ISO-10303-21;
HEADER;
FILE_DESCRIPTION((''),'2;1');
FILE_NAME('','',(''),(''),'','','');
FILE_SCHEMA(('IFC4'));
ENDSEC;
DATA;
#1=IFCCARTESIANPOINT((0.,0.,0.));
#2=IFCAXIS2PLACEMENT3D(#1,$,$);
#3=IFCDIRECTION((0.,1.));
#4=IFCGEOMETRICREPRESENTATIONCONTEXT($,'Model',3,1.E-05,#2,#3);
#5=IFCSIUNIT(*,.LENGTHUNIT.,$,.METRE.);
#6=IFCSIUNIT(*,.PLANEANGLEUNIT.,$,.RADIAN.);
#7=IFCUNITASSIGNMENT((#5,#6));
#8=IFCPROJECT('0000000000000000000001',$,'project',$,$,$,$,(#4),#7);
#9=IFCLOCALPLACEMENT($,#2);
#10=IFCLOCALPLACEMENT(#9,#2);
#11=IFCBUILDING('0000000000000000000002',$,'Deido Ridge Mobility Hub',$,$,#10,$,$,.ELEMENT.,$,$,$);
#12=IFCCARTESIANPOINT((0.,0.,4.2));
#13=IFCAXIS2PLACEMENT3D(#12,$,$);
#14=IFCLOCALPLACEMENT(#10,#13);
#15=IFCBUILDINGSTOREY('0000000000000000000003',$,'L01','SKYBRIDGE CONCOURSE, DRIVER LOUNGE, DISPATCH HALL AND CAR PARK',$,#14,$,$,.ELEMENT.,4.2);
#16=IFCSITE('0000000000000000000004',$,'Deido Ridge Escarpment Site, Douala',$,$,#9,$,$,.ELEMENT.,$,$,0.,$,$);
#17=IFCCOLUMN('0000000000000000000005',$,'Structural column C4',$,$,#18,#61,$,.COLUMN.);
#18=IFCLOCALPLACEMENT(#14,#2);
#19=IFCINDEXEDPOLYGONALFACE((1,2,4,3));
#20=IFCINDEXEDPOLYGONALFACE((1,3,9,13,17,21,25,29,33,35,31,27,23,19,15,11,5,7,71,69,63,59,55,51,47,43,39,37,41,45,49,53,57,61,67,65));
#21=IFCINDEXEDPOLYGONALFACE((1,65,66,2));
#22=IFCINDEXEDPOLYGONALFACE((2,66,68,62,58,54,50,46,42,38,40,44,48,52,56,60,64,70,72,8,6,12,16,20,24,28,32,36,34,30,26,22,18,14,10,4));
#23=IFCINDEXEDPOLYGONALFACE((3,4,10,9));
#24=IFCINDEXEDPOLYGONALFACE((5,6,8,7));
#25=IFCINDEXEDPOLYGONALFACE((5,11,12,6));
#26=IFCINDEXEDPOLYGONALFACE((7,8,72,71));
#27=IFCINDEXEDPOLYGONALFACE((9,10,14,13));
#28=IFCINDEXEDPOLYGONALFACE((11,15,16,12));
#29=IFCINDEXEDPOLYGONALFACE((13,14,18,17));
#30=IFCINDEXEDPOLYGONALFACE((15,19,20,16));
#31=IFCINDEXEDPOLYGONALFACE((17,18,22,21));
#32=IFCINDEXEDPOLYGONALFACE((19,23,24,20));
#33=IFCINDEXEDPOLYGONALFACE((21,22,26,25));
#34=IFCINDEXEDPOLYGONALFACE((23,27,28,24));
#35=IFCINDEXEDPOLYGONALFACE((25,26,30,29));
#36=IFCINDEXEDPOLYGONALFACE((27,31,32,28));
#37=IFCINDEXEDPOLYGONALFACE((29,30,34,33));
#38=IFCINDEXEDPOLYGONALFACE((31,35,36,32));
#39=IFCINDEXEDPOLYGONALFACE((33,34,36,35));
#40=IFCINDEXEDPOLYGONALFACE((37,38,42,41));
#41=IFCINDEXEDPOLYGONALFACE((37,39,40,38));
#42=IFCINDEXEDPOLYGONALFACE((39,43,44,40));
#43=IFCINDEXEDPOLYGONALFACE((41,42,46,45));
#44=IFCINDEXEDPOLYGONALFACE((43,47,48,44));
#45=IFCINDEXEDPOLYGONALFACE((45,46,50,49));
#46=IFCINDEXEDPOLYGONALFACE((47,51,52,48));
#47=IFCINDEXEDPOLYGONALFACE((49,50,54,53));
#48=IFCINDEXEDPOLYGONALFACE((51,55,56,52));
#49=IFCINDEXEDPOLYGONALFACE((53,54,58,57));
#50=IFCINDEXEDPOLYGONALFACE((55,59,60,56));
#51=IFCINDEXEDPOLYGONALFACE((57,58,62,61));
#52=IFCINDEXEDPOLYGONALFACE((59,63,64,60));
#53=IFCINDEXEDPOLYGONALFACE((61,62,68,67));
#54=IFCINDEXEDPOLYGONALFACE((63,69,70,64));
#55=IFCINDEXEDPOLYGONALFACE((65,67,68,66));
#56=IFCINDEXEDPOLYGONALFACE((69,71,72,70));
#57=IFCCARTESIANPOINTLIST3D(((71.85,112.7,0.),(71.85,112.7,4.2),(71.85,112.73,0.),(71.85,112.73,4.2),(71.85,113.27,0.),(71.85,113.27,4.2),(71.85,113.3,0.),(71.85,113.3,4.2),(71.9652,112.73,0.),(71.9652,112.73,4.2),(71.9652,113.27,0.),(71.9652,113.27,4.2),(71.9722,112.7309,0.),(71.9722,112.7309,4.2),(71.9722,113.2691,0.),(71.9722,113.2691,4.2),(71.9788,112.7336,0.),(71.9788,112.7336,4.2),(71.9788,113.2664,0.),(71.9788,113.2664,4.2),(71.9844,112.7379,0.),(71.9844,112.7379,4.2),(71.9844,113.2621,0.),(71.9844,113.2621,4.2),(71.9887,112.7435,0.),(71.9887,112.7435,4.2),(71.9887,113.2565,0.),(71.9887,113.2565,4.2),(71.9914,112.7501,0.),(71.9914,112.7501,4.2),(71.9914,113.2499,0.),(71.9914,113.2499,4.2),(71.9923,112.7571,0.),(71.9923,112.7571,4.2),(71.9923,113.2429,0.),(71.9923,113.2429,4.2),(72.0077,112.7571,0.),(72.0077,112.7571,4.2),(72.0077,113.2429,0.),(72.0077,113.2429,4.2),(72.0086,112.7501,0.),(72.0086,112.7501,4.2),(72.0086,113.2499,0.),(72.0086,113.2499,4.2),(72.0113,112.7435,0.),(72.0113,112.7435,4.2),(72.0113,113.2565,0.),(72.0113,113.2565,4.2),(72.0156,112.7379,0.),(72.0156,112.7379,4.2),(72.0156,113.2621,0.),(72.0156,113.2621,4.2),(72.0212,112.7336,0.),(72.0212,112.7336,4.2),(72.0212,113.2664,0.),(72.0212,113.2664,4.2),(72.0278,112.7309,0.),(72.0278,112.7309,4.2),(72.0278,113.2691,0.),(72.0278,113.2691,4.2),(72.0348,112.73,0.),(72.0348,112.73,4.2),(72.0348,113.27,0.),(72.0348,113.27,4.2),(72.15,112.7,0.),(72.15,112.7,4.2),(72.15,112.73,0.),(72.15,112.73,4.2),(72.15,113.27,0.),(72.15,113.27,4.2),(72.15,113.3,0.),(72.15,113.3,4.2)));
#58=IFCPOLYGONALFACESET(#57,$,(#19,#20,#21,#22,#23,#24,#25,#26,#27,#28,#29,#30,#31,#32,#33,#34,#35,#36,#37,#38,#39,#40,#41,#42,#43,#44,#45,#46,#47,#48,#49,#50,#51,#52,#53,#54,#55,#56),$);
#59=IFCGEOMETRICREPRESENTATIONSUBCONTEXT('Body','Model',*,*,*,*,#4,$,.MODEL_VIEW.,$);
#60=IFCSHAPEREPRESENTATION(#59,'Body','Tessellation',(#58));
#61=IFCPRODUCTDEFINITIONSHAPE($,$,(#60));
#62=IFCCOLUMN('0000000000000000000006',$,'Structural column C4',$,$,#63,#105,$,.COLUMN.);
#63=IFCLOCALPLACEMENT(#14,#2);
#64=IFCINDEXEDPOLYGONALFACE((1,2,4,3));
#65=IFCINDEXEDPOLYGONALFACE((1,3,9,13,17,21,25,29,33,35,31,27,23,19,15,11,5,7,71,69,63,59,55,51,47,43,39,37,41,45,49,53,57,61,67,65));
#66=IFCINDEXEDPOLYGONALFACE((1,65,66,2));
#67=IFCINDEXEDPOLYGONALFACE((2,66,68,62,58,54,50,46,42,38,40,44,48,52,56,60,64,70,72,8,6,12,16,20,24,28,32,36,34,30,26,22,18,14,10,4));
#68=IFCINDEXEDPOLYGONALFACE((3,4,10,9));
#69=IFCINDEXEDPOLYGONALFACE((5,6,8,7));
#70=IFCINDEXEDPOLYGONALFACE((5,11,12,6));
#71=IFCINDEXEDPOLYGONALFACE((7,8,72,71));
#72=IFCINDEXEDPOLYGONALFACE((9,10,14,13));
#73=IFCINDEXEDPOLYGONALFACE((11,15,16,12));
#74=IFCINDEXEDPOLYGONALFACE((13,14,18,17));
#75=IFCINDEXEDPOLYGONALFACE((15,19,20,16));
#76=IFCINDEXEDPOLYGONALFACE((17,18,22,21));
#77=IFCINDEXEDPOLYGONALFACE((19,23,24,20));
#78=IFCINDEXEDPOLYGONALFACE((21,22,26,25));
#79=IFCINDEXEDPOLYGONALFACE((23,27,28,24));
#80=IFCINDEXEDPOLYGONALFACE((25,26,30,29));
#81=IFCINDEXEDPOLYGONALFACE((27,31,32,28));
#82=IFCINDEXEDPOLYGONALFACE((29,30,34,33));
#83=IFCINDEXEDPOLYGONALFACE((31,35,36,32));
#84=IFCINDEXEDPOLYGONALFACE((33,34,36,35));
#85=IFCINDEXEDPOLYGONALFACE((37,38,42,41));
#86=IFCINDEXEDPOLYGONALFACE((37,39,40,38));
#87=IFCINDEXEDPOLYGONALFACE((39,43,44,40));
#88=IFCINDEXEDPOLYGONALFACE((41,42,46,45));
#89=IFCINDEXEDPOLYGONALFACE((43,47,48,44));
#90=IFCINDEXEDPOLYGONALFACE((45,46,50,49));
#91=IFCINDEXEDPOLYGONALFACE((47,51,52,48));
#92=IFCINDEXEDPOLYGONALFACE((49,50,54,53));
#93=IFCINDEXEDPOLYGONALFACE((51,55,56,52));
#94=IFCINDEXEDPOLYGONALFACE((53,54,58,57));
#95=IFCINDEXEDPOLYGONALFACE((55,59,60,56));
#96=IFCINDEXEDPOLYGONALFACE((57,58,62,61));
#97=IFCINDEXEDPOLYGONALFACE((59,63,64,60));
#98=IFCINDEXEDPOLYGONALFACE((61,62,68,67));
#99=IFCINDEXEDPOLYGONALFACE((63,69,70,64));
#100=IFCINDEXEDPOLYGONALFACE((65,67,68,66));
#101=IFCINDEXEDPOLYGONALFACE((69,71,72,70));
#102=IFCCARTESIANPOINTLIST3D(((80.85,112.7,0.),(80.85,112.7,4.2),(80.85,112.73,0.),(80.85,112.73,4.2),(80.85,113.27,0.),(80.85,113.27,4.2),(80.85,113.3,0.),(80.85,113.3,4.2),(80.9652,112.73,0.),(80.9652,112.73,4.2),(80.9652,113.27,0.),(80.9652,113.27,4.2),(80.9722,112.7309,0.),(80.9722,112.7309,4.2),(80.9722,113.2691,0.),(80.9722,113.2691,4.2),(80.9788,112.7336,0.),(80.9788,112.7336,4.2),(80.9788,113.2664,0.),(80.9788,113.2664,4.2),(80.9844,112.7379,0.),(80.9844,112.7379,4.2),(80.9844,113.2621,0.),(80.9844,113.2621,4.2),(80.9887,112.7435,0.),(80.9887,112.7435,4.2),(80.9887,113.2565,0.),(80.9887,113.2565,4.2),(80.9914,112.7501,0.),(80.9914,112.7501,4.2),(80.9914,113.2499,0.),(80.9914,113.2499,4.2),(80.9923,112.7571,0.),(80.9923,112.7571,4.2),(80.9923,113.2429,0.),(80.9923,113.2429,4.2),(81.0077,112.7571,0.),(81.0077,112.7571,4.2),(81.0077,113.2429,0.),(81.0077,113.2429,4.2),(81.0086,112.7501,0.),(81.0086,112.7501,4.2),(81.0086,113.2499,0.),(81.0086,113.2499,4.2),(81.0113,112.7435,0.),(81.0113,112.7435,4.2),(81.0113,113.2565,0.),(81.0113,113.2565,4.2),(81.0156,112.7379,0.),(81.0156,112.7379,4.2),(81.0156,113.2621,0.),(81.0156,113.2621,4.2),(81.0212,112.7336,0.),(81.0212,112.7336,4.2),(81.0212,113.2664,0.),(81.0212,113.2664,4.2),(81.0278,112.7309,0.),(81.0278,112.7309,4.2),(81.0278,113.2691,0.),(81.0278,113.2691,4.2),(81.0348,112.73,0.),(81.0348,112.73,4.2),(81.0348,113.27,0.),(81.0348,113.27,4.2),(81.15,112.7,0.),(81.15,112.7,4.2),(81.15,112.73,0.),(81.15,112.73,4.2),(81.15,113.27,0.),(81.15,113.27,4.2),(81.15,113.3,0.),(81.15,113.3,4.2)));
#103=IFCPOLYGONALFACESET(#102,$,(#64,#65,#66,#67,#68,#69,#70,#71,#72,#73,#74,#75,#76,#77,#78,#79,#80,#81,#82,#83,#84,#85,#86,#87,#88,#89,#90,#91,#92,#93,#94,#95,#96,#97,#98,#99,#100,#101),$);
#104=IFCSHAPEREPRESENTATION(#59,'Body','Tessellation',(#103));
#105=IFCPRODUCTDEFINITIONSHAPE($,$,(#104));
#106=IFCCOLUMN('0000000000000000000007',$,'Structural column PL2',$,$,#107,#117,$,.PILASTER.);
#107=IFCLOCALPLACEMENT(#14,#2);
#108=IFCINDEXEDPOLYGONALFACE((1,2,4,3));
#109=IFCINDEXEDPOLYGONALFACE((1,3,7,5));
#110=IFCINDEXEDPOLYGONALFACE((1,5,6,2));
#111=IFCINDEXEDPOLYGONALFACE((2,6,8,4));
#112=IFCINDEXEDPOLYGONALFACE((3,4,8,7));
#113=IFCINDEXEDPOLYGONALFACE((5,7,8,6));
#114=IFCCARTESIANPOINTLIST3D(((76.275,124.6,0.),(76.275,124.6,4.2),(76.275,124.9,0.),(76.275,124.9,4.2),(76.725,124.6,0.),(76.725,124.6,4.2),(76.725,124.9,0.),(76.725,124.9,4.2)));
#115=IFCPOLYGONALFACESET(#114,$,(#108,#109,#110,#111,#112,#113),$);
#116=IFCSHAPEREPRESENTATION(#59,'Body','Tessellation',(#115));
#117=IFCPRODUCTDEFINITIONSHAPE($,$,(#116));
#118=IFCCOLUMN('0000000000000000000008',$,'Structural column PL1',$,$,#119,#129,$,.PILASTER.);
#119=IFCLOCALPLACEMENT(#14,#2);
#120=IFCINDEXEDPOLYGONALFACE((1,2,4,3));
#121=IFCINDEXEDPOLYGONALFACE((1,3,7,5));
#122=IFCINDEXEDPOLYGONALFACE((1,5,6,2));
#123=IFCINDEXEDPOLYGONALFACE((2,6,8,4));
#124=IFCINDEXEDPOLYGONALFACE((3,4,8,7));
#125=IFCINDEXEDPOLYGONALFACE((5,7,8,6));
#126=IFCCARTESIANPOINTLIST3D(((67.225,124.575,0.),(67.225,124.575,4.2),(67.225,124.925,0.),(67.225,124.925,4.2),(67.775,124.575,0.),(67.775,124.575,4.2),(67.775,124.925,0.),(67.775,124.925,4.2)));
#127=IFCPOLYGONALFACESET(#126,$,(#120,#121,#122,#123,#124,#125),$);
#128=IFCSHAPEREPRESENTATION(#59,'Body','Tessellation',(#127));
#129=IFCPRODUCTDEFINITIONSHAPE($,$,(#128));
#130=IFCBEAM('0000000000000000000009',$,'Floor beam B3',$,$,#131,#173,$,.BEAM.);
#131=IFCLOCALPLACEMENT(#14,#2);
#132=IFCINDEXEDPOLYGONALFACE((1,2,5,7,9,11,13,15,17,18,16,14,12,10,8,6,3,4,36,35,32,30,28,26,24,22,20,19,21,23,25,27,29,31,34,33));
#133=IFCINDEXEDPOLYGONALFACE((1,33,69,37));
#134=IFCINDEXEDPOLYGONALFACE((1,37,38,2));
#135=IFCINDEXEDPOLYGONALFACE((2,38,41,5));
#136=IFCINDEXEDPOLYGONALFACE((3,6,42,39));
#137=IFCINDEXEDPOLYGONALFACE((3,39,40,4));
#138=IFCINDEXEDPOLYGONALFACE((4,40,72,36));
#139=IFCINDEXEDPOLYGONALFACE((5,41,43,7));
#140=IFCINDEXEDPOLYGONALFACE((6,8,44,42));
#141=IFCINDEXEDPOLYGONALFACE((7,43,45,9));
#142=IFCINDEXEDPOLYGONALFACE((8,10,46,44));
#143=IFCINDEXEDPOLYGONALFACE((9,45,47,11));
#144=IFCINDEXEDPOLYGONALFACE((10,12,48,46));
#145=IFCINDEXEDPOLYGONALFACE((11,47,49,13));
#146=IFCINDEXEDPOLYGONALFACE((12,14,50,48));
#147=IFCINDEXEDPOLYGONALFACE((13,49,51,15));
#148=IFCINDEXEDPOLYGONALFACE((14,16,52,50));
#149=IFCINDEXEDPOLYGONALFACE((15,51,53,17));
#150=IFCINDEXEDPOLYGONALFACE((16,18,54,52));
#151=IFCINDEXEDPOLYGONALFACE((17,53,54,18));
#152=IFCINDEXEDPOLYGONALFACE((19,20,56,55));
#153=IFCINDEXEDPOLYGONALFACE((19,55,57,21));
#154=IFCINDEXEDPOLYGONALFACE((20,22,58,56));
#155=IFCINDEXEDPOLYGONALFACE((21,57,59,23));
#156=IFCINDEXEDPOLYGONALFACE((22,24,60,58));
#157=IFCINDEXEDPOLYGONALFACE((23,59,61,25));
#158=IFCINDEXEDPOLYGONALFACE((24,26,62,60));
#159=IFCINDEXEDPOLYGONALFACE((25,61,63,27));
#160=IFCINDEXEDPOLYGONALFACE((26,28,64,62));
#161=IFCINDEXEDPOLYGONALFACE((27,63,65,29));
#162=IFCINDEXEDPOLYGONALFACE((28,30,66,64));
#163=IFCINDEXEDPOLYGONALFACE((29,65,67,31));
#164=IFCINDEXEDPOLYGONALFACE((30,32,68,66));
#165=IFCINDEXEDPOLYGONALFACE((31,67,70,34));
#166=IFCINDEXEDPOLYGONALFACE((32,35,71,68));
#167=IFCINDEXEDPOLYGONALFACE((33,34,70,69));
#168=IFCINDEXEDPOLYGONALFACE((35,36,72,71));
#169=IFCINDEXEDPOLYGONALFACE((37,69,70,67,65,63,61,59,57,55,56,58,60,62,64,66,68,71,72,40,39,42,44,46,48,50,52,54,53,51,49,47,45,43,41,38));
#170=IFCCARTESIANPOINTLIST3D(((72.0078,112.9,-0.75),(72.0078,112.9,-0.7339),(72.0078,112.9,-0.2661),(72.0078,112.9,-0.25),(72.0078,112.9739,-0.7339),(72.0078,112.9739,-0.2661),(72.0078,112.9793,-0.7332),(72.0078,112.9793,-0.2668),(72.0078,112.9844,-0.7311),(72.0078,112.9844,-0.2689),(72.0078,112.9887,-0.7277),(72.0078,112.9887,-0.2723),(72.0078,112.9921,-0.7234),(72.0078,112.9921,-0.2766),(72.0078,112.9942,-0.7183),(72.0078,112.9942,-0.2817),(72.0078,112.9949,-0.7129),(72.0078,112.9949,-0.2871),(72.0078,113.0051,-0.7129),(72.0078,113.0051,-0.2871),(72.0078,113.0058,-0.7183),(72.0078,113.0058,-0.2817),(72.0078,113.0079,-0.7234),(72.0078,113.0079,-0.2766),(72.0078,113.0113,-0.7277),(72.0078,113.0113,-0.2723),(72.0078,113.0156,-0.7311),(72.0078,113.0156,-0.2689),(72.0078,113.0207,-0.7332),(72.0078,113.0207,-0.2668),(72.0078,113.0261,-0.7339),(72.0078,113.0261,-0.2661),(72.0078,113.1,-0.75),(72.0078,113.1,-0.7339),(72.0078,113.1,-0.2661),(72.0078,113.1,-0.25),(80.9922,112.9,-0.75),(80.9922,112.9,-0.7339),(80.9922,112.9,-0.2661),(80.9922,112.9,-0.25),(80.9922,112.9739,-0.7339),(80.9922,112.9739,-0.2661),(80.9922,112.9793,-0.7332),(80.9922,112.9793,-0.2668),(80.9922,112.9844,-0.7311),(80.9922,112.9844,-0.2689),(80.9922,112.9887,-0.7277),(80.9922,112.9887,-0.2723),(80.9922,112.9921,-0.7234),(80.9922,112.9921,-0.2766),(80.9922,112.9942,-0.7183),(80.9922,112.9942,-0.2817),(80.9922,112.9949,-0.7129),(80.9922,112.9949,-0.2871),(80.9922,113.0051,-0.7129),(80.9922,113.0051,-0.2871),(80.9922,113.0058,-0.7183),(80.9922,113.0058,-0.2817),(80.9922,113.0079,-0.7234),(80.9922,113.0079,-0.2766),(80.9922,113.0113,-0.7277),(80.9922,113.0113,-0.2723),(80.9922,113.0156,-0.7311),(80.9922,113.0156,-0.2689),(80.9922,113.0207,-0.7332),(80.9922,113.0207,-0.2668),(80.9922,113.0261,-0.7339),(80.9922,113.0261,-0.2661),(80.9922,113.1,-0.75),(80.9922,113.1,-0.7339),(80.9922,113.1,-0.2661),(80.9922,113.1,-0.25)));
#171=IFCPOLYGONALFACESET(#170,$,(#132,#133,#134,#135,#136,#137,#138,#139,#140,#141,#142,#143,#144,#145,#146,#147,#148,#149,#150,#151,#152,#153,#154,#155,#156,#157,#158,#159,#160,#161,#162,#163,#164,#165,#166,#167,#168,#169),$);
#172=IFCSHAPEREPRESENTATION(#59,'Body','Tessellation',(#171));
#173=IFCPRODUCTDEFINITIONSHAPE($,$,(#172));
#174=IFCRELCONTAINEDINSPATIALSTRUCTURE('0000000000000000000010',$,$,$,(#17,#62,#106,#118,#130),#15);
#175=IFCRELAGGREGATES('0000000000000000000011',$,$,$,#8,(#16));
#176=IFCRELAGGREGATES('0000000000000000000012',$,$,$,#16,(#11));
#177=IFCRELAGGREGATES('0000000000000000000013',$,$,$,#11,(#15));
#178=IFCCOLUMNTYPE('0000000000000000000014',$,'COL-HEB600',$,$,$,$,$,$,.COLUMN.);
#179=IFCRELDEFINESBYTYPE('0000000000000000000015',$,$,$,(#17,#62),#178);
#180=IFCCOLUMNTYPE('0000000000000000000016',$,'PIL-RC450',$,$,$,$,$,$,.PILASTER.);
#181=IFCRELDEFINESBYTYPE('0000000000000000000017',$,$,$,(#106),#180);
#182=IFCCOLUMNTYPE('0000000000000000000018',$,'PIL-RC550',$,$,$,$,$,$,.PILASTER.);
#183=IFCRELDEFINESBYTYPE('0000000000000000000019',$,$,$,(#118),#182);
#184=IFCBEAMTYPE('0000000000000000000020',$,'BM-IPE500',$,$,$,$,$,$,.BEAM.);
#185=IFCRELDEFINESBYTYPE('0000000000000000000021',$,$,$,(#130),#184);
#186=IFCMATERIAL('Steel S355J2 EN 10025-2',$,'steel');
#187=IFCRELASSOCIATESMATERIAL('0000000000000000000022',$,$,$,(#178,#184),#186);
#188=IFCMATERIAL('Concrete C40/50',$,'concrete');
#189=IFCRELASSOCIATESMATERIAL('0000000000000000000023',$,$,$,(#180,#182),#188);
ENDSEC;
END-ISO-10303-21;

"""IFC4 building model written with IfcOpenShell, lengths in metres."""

from ifc_helpers import new_model, si_unit, direction, frame, origin, origin_2d, place, context, subcontext, project, spatial, rectangle, i_section, extrude, material, material_profile, profile_set, type_object, element, save


model = new_model("IFC4")

# Units and contexts
model_context = context("Model", 3, precision=1e-05, world=origin(), true_north=direction((0.0, 1.0)))
body_context = subcontext(model_context, "Body", "Model", "MODEL_VIEW")
ifc_project = project(units=[si_unit("LENGTHUNIT", "METRE"), si_unit("PLANEANGLEUNIT", "RADIAN")], contexts=[model_context])

# Site, building, storey
site_placement = place(None, origin())
site = spatial("IfcSite", under=ifc_project, at=site_placement, Name="Deido Ridge Escarpment Site, Douala", CompositionType="ELEMENT", RefElevation=0.0)
building_placement = place(site_placement, origin())
building = spatial("IfcBuilding", under=site, at=building_placement, Name="Deido Ridge Mobility Hub", CompositionType="ELEMENT")
storey_placement = place(building_placement, frame((0.0, 0.0, 4.2)))
storey = spatial("IfcBuildingStorey", under=building, at=storey_placement, Name="L01", Description="SKYBRIDGE CONCOURSE, DRIVER LOUNGE, DISPATCH HALL AND CAR PARK", CompositionType="ELEMENT", Elevation=4.2)

# Columns
ifc_material_1 = material(Name="Steel S355J2 EN 10025-2", Category="steel")
ifc_material_profile_1 = material_profile(ifc_material_1, i_section(OverallWidth=0.3, OverallDepth=0.6001, WebThickness=0.0154, FlangeThickness=0.03, FilletRadius=0.0271, at=origin_2d()), Name="HEB 600")
ifc_profile_set_1 = profile_set([ifc_material_profile_1], Name="Steel S355J2 EN 10025-2")
column_type_1 = type_object("IfcColumnType", Name="COL-HEB600", PredefinedType="COLUMN", material=ifc_profile_set_1)
for number, where, z_axis, x_axis, name in (
    (1, (72.0, 113.0, 0.0), (0.0, 0.0, 1.0), (1.0, 0.0, 0.0), "Structural column C4"),
    (2, (81.0, 113.0, 0.0), (0.0, 0.0, 1.0), (1.0, 0.0, 0.0), "Structural column C4"),
):
    element("IfcColumn", number, at=place(storey_placement, frame(where, z_axis=z_axis, x_axis=x_axis)), inside=storey, type_object=column_type_1, Name=name, PredefinedType="COLUMN", context=body_context, shape_type="SweptSolid", body=[
        extrude(i_section(OverallWidth=0.3, OverallDepth=0.6001, WebThickness=0.0154, FlangeThickness=0.03, FilletRadius=0.0271, at=origin_2d()), origin(), (0.0, 0.0, 1.0), 4.2),
    ])
ifc_material_2 = material(Name="Concrete C40/50", Category="concrete")
ifc_material_profile_2 = material_profile(ifc_material_2, rectangle(XDim=0.45, YDim=0.3, at=origin_2d()), Name="RC PILASTER 450x300")
ifc_profile_set_2 = profile_set([ifc_material_profile_2], Name="Concrete C40/50")
column_type_2 = type_object("IfcColumnType", Name="PIL-RC450", PredefinedType="PILASTER", material=ifc_profile_set_2)
column_1_placement = place(storey_placement, frame((76.5, 124.75, 0.0), z_axis=(0.0, 0.0, 1.0), x_axis=(1.0, 0.0, 0.0)))
element("IfcColumn", 3, at=column_1_placement, inside=storey, type_object=column_type_2, Name="Structural column PL2", PredefinedType="PILASTER", context=body_context, shape_type="SweptSolid", body=[
    extrude(rectangle(XDim=0.45, YDim=0.3, at=origin_2d()), origin(), (0.0, 0.0, 1.0), 4.2),
])
ifc_material_profile_3 = material_profile(ifc_material_2, rectangle(XDim=0.55, YDim=0.3501, at=origin_2d()), Name="RC PILASTER 550x350")
ifc_profile_set_3 = profile_set([ifc_material_profile_3], Name="Concrete C40/50")
column_type_3 = type_object("IfcColumnType", Name="PIL-RC550", PredefinedType="PILASTER", material=ifc_profile_set_3)
column_2_placement = place(storey_placement, frame((67.5, 124.75, 0.0), z_axis=(0.0, 0.0, 1.0), x_axis=(1.0, 0.0, 0.0)))
element("IfcColumn", 4, at=column_2_placement, inside=storey, type_object=column_type_3, Name="Structural column PL1", PredefinedType="PILASTER", context=body_context, shape_type="SweptSolid", body=[
    extrude(rectangle(XDim=0.55, YDim=0.3501, at=origin_2d()), origin(), (0.0, 0.0, 1.0), 4.2),
])

# Beam
ifc_material_profile_4 = material_profile(ifc_material_1, i_section(OverallWidth=0.2, OverallDepth=0.5, WebThickness=0.0103, FlangeThickness=0.0161, FilletRadius=0.021, at=origin_2d()), Name="IPE 500")
ifc_profile_set_4 = profile_set([ifc_material_profile_4], Name="Steel S355J2 EN 10025-2")
beam_type_1 = type_object("IfcBeamType", Name="BM-IPE500", PredefinedType="BEAM", material=ifc_profile_set_4)
for number, where, z_axis, x_axis, name in (
    (5, (72.0078, 113.0, -0.5), (1.0, 0.0, 0.0), (0.0, 1.0, 0.0), "Floor beam B3"),
):
    element("IfcBeam", number, at=place(storey_placement, frame(where, z_axis=z_axis, x_axis=x_axis)), inside=storey, type_object=beam_type_1, Name=name, PredefinedType="BEAM", context=body_context, shape_type="SweptSolid", body=[
        extrude(i_section(OverallWidth=0.2, OverallDepth=0.5, WebThickness=0.0103, FlangeThickness=0.0161, FilletRadius=0.021, at=origin_2d()), origin(), (0.0, 0.0, 1.0), 8.9844),
    ])

save(model, "model.ifc")
